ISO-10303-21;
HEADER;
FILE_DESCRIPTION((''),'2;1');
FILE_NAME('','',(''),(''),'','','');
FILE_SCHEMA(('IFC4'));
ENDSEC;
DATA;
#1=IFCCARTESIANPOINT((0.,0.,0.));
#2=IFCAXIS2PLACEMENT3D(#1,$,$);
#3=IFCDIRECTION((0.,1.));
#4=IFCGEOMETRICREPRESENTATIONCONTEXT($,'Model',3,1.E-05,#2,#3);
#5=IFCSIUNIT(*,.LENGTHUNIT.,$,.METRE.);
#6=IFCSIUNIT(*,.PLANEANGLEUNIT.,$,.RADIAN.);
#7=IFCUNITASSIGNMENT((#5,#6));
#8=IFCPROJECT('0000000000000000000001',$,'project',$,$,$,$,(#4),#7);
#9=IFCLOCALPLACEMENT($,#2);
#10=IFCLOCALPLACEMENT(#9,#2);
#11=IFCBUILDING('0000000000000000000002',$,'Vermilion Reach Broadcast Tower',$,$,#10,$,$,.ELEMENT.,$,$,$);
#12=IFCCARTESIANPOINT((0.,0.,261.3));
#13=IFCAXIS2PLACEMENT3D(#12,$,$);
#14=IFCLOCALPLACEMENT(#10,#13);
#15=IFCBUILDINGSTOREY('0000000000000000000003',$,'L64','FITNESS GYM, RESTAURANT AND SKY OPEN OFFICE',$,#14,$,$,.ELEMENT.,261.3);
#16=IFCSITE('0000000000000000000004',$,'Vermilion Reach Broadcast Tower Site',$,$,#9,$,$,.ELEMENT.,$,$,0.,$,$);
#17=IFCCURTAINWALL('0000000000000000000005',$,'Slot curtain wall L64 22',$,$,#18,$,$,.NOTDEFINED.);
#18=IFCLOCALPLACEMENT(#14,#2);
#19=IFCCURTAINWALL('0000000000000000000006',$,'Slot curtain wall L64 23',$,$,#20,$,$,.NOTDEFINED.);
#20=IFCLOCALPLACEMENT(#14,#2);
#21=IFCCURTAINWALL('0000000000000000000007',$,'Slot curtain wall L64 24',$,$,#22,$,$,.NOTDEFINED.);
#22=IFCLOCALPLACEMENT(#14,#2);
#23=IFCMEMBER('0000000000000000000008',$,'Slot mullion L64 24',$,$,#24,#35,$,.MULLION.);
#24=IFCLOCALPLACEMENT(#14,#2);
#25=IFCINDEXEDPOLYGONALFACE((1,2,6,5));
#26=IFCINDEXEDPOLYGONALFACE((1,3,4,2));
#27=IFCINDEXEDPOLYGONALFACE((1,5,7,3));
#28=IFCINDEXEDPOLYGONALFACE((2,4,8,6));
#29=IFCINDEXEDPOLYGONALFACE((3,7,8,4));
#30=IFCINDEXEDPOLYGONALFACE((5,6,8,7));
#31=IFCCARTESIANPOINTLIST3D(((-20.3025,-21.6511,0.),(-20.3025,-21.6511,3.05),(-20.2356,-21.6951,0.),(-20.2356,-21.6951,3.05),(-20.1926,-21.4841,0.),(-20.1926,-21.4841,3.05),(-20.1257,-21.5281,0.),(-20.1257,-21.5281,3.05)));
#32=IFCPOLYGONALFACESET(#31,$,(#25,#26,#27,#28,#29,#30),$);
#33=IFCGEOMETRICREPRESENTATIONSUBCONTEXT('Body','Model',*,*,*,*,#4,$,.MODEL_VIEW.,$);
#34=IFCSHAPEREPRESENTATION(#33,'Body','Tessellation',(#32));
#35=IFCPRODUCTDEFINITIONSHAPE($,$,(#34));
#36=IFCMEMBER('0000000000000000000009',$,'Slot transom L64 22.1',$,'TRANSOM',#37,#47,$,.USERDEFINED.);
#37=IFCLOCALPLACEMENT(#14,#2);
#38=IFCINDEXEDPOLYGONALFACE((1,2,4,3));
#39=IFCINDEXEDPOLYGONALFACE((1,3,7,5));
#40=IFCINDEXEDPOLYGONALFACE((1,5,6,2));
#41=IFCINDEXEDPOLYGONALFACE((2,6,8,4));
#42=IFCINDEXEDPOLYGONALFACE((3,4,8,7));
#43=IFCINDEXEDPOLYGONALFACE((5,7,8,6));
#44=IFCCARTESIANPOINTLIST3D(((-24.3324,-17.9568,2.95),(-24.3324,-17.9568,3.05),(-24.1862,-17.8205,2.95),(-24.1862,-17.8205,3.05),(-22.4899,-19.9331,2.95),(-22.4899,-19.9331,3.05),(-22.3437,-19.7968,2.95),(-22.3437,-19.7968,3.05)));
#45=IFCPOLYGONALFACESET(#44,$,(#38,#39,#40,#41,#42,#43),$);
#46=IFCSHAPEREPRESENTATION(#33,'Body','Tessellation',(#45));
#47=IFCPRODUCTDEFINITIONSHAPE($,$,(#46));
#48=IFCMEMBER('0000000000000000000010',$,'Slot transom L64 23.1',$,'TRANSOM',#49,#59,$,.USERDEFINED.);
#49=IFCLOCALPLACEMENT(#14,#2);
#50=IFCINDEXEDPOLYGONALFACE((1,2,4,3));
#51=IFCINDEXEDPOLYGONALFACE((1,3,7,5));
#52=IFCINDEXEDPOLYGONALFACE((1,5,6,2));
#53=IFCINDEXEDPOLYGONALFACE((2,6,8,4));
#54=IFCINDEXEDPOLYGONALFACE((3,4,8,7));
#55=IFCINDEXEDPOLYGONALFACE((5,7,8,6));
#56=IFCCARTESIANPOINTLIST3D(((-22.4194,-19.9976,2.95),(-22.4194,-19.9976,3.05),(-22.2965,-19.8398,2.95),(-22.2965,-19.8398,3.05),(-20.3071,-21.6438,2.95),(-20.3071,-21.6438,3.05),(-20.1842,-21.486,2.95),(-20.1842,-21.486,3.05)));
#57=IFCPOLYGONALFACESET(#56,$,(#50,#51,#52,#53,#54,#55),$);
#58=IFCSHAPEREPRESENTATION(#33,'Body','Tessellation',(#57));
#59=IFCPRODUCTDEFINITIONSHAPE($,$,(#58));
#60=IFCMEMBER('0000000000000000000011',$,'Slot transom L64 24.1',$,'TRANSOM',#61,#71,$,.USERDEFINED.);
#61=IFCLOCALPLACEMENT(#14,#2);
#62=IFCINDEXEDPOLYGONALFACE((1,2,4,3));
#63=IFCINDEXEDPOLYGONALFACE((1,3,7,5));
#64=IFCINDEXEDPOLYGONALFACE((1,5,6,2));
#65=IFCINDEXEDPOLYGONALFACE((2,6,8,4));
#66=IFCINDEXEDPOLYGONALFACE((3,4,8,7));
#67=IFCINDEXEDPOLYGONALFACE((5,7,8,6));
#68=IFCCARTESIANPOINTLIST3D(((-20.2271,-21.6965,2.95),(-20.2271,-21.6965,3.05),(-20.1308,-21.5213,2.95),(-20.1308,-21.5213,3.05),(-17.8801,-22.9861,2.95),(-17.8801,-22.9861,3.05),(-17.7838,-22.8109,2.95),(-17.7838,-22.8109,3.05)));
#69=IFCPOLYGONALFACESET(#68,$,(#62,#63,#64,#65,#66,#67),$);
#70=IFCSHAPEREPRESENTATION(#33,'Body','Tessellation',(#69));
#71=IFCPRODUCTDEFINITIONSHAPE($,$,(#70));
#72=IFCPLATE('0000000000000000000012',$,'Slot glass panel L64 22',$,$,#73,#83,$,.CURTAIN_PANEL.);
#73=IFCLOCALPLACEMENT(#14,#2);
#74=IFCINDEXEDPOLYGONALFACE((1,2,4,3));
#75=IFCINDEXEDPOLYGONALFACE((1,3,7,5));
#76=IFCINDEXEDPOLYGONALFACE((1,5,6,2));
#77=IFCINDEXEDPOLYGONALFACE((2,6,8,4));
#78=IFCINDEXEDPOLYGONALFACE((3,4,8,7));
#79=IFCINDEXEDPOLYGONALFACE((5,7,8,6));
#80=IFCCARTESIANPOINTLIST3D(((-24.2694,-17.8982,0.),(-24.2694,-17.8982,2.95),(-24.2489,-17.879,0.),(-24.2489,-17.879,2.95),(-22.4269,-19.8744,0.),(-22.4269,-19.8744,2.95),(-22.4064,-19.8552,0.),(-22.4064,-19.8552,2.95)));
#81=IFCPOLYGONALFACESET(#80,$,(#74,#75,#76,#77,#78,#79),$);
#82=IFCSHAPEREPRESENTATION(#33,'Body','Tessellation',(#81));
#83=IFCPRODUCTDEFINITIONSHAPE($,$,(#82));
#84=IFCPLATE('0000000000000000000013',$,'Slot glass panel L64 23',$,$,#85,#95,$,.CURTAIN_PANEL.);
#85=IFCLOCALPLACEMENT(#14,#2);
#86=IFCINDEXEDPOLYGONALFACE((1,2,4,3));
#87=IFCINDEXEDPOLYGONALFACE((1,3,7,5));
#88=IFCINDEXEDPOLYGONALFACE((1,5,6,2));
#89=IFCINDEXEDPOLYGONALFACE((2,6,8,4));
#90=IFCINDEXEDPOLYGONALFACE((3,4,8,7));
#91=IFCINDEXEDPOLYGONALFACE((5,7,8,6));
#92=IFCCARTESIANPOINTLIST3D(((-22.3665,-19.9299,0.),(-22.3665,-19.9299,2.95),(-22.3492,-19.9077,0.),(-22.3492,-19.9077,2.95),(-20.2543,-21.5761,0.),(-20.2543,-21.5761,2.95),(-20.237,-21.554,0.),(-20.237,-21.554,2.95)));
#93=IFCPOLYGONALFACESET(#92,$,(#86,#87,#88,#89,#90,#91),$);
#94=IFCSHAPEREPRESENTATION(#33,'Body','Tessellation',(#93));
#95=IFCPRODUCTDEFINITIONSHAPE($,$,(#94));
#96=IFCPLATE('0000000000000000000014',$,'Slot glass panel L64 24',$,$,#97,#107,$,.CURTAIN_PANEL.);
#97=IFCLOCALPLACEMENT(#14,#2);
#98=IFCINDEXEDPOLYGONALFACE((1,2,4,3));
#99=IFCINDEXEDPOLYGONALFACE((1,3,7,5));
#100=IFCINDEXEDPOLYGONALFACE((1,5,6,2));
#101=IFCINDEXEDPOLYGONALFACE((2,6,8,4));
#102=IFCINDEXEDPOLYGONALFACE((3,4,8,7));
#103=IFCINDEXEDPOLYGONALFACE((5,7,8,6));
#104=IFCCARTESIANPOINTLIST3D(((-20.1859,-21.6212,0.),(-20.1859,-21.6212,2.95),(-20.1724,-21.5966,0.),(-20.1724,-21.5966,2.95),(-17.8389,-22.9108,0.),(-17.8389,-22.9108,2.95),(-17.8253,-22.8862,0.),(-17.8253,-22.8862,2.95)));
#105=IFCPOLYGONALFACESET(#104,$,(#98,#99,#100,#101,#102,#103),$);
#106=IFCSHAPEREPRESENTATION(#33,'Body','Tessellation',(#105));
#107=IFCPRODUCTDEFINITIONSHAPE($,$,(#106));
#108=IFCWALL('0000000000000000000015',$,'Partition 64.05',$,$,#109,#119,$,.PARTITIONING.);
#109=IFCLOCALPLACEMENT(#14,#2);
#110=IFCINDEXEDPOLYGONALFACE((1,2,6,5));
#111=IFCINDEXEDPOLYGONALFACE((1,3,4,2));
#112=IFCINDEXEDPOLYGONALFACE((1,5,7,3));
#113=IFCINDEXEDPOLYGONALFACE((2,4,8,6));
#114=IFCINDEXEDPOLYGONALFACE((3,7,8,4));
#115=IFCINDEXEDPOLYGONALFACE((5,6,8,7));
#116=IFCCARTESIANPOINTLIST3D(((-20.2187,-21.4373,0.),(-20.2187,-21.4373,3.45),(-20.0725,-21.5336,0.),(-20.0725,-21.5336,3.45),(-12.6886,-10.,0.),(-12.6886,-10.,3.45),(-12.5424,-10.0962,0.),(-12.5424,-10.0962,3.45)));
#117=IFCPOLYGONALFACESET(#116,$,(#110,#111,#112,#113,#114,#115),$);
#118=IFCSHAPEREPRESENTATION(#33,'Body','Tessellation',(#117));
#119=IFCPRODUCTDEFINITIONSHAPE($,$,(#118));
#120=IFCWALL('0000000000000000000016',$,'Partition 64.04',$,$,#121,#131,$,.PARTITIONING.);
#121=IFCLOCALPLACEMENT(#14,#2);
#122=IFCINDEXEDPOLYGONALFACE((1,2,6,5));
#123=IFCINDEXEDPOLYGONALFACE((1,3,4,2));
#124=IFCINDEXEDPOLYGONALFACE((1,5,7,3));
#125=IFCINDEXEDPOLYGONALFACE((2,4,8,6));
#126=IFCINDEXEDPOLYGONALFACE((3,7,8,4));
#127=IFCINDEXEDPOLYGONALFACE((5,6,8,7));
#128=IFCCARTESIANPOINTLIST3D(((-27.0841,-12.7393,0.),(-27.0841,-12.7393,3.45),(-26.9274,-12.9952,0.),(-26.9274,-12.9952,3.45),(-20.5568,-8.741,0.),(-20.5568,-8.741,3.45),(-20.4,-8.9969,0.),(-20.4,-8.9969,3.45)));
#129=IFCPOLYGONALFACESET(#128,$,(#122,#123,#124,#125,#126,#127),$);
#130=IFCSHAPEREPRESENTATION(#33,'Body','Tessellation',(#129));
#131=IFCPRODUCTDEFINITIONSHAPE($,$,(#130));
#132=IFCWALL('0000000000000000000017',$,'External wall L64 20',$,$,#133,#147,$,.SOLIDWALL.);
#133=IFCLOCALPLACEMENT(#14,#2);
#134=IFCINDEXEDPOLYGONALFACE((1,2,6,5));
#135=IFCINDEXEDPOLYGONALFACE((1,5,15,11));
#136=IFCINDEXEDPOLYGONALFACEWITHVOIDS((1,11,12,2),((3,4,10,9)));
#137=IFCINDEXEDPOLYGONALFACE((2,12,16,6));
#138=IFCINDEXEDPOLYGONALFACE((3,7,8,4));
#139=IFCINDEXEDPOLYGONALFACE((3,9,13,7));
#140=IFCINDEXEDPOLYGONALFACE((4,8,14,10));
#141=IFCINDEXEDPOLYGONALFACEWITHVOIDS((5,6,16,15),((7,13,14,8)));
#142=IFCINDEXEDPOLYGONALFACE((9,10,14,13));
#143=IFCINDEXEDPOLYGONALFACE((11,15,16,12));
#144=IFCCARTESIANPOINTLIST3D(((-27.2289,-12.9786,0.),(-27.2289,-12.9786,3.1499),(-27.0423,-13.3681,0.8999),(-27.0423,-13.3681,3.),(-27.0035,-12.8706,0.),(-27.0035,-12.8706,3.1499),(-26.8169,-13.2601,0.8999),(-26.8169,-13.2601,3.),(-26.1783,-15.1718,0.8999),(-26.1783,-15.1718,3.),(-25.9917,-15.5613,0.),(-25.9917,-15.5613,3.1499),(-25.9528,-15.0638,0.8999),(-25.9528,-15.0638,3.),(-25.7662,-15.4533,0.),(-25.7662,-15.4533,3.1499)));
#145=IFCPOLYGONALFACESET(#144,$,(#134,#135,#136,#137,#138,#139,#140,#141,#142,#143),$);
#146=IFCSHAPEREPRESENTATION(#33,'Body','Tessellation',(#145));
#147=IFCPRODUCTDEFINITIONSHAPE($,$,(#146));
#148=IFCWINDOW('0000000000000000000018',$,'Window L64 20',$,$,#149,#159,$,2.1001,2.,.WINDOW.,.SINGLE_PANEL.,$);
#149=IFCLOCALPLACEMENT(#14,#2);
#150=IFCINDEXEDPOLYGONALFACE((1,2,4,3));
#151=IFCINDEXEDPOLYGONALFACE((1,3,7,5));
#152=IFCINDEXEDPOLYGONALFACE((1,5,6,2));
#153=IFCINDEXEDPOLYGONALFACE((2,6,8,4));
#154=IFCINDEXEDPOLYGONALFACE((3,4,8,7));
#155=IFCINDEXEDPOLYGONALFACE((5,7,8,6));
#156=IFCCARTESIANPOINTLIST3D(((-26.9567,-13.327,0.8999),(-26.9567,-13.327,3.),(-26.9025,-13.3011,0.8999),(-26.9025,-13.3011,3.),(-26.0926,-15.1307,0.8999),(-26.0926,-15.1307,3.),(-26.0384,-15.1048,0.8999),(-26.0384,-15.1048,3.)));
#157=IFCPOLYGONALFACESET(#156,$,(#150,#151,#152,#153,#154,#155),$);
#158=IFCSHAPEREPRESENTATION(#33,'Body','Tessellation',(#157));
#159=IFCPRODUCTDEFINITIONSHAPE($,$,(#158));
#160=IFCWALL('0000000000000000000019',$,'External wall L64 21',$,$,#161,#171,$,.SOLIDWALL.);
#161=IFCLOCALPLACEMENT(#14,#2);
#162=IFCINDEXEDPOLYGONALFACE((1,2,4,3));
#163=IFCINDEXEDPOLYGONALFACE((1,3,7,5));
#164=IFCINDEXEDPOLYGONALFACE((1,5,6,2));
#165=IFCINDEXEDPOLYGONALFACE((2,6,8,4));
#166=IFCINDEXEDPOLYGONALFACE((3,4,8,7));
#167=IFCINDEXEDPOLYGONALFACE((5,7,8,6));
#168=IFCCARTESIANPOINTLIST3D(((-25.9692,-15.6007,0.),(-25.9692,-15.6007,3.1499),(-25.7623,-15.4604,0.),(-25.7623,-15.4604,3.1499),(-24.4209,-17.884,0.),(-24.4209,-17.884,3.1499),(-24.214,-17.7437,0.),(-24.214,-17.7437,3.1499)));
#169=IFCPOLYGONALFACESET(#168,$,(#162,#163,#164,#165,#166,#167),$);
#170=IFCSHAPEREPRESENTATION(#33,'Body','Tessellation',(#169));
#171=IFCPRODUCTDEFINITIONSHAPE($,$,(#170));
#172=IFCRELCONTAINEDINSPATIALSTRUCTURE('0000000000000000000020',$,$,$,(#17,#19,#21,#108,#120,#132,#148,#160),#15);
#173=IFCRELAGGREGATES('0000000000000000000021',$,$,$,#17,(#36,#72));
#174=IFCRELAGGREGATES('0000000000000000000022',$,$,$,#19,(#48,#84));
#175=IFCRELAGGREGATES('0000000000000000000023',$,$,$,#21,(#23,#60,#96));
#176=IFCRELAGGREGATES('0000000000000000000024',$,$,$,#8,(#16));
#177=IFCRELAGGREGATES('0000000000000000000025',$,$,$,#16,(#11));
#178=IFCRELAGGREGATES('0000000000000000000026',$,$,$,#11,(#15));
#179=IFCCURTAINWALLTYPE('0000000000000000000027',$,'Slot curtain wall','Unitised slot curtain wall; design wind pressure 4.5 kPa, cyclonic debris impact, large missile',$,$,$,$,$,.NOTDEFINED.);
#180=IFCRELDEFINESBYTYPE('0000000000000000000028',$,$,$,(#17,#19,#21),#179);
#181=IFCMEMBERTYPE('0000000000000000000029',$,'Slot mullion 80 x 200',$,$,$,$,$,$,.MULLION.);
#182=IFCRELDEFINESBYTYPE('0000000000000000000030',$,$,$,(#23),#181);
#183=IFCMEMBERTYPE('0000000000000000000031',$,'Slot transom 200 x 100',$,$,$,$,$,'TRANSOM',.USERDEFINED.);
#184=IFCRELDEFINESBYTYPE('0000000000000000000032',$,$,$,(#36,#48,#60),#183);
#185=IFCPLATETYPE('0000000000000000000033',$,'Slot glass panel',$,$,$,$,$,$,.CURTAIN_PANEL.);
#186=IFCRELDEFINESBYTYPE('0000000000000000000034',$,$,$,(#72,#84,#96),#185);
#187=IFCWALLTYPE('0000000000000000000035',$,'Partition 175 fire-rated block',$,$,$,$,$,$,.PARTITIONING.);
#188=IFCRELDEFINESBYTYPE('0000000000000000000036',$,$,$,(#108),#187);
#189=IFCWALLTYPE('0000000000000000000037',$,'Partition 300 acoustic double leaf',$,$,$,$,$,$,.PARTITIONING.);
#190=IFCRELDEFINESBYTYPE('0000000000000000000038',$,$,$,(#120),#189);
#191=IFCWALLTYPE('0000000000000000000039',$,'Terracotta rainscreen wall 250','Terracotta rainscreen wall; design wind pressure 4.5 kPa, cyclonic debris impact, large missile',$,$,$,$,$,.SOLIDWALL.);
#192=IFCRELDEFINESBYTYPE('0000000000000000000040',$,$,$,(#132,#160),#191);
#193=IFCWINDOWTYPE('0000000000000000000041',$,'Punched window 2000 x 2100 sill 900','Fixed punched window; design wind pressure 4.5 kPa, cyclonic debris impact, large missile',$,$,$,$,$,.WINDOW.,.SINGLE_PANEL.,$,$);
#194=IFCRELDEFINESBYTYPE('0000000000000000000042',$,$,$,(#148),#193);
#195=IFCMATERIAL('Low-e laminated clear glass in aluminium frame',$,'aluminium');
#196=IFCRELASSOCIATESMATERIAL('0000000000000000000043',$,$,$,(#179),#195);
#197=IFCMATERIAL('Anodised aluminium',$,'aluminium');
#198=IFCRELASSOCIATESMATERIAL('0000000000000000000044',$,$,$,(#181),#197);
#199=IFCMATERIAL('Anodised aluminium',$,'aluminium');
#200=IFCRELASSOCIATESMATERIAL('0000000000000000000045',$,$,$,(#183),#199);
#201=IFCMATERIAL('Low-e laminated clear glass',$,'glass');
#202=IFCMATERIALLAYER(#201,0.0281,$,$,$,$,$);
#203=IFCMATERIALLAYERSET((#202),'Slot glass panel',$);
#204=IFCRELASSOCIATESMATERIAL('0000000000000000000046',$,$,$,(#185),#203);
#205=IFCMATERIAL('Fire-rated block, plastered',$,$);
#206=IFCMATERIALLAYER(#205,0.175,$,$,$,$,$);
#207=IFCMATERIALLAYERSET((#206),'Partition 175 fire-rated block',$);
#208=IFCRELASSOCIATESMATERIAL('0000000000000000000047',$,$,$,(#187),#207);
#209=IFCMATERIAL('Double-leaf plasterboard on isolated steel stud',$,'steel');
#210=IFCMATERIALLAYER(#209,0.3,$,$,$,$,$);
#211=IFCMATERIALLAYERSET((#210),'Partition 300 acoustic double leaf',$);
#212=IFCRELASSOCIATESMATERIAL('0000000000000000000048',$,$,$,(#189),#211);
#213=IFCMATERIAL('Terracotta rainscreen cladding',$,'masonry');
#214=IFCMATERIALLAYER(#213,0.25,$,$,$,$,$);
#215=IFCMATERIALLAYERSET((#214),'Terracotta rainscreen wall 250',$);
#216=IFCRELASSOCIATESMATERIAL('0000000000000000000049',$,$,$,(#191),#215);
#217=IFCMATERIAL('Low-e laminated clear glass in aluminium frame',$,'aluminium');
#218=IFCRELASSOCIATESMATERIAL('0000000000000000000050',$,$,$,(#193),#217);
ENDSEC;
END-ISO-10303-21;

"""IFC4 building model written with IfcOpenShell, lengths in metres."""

from ifc_helpers import new_model, si_unit, direction, frame, frame_2d, origin, origin_2d, place, context, subcontext, project, spatial, rectangle, extrude, material, layer, layer_set, material_profile, profile_set, type_object, element, fill, aggregate, save


model = new_model("IFC4")

# Units and contexts
model_context = context("Model", 3, precision=1e-05, world=origin(), true_north=direction((0.0, 1.0)))
body_context = subcontext(model_context, "Body", "Model", "MODEL_VIEW")
ifc_project = project(units=[si_unit("LENGTHUNIT", "METRE"), si_unit("PLANEANGLEUNIT", "RADIAN")], contexts=[model_context])

# Site, building, storey
site_placement = place(None, origin())
site = spatial("IfcSite", under=ifc_project, at=site_placement, Name="Vermilion Reach Broadcast Tower Site", CompositionType="ELEMENT", RefElevation=0.0)
building_placement = place(site_placement, origin())
building = spatial("IfcBuilding", under=site, at=building_placement, Name="Vermilion Reach Broadcast Tower", CompositionType="ELEMENT")
storey_placement = place(building_placement, frame((0.0, 0.0, 261.3)))
storey = spatial("IfcBuildingStorey", under=building, at=storey_placement, Name="L64", Description="FITNESS GYM, RESTAURANT AND SKY OPEN OFFICE", CompositionType="ELEMENT", Elevation=261.3)

# Curtain walls, member
ifc_material_1 = material(Name="Low-e laminated clear glass in aluminium frame", Category="aluminium")
curtain_wall_type = type_object("IfcCurtainWallType", Name="Slot curtain wall", Description="Unitised slot curtain wall; design wind pressure 4.5 kPa, cyclonic debris impact, large missile", PredefinedType="NOTDEFINED", material=ifc_material_1)
placement = place(storey_placement, origin())
curtain_wall_1 = element("IfcCurtainWall", 1, at=placement, inside=storey, type_object=curtain_wall_type, Name="Slot curtain wall L64 22", PredefinedType="NOTDEFINED")
ifc_material_2 = material(Name="Anodised aluminium", Category="aluminium")
ifc_material_profile_1 = material_profile(ifc_material_2, rectangle(XDim=0.2, YDim=0.0801, at=origin_2d()), Name="Slot mullion 80 x 200")
ifc_profile_set_1 = profile_set([ifc_material_profile_1], Name="Anodised aluminium")
member_type_1 = type_object("IfcMemberType", Name="Slot mullion 80 x 200", PredefinedType="MULLION", material=ifc_profile_set_1)
curtain_wall_2 = element("IfcCurtainWall", 2, at=placement, inside=storey, type_object=curtain_wall_type, Name="Slot curtain wall L64 23", PredefinedType="NOTDEFINED")
curtain_wall_3 = element("IfcCurtainWall", 3, at=placement, inside=storey, type_object=curtain_wall_type, Name="Slot curtain wall L64 24", PredefinedType="NOTDEFINED")
member_1_placement = place(storey_placement, frame((-20.2141, -21.5896, 0.0), z_axis=(0.0, 0.0, 1.0), x_axis=(0.549898, 0.835232, 0.0)))
member_1 = element("IfcMember", 4, at=member_1_placement, type_object=member_type_1, Name="Slot mullion L64 24", PredefinedType="MULLION", context=body_context, shape_type="SweptSolid", body=[
    extrude(rectangle(XDim=0.2, YDim=0.0801, at=origin_2d()), origin(), (0.0, 0.0, 1.0), 3.05),
])

# Members
ifc_material_3 = material(Name="Anodised aluminium", Category="aluminium")
ifc_material_profile_2 = material_profile(ifc_material_3, rectangle(XDim=0.2, YDim=0.1001, at=origin_2d()), Name="Slot transom 200 x 100")
ifc_profile_set_2 = profile_set([ifc_material_profile_2], Name="Anodised aluminium")
member_type_2 = type_object("IfcMemberType", Name="Slot transom 200 x 100", ElementType="TRANSOM", PredefinedType="USERDEFINED", material=ifc_profile_set_2)
member_2_placement = place(storey_placement, frame((-24.2593, -17.8887, 3.0), z_axis=(0.681916, -0.731431, 0.0), x_axis=(0.731431, 0.681916, 0.0)))
member_2 = element("IfcMember", 5, at=member_2_placement, type_object=member_type_2, Name="Slot transom L64 22.1", ObjectType="TRANSOM", PredefinedType="USERDEFINED", context=body_context, shape_type="SweptSolid", body=[
    extrude(rectangle(XDim=0.2, YDim=0.1001, at=origin_2d()), origin(), (0.0, 0.0, 1.0), 2.7019),
])
member_3_placement = place(storey_placement, frame((-22.3579, -19.9187, 3.0), z_axis=(0.788748, -0.614717, 0.0), x_axis=(0.614717, 0.788748, 0.0)))
member_3 = element("IfcMember", 6, at=member_3_placement, type_object=member_type_2, Name="Slot transom L64 23.1", ObjectType="TRANSOM", PredefinedType="USERDEFINED", context=body_context, shape_type="SweptSolid", body=[
    extrude(rectangle(XDim=0.2, YDim=0.1001, at=origin_2d()), origin(), (0.0, 0.0, 1.0), 2.678),
])
member_4_placement = place(storey_placement, frame((-20.179, -21.6089, 3.0), z_axis=(0.876414, -0.481558, 0.0), x_axis=(0.481558, 0.876414, 0.0)))
member_4 = element("IfcMember", 7, at=member_4_placement, type_object=member_type_2, Name="Slot transom L64 24.1", ObjectType="TRANSOM", PredefinedType="USERDEFINED", context=body_context, shape_type="SweptSolid", body=[
    extrude(rectangle(XDim=0.2, YDim=0.1001, at=origin_2d()), origin(), (0.0, 0.0, 1.0), 2.678),
])

# Plates
ifc_material_4 = material(Name="Low-e laminated clear glass", Category="glass")
ifc_layer_1 = layer(ifc_material_4, 0.0281)
ifc_layer_set_1 = layer_set([ifc_layer_1], Name="Slot glass panel")
plate_type = type_object("IfcPlateType", Name="Slot glass panel", PredefinedType="CURTAIN_PANEL", material=ifc_layer_set_1)
plate_1_placement = place(storey_placement, frame((-23.3379, -18.8767, 0.0), z_axis=(0.0, 0.0, 1.0), x_axis=(0.68194, -0.731408, 0.0)))
plate_1 = element("IfcPlate", 8, at=plate_1_placement, type_object=plate_type, Name="Slot glass panel L64 22", PredefinedType="CURTAIN_PANEL", context=body_context, shape_type="SweptSolid", body=[
    extrude(rectangle(XDim=2.7019, YDim=0.0281, at=origin_2d()), origin(), (0.0, 0.0, 1.0), 2.95),
])
aggregate(curtain_wall_1, [member_2, plate_1])
plate_2_placement = place(storey_placement, frame((-21.3018, -20.7419, 0.0), z_axis=(0.0, 0.0, 1.0), x_axis=(0.788727, -0.614743, 0.0)))
plate_2 = element("IfcPlate", 9, at=plate_2_placement, type_object=plate_type, Name="Slot glass panel L64 23", PredefinedType="CURTAIN_PANEL", context=body_context, shape_type="SweptSolid", body=[
    extrude(rectangle(XDim=2.678, YDim=0.0281, at=origin_2d()), origin(), (0.0, 0.0, 1.0), 2.95),
])
aggregate(curtain_wall_2, [member_3, plate_2])
plate_3_placement = place(storey_placement, frame((-19.0056, -22.2537, 0.0), z_axis=(0.0, 0.0, 1.0), x_axis=(0.876418, -0.481551, 0.0)))
plate_3 = element("IfcPlate", 10, at=plate_3_placement, type_object=plate_type, Name="Slot glass panel L64 24", PredefinedType="CURTAIN_PANEL", context=body_context, shape_type="SweptSolid", body=[
    extrude(rectangle(XDim=2.678, YDim=0.0281, at=origin_2d()), origin(), (0.0, 0.0, 1.0), 2.95),
])
aggregate(curtain_wall_3, [member_1, member_4, plate_3])

# Walls
ifc_material_5 = material(Name="Fire-rated block, plastered")
ifc_layer_2 = layer(ifc_material_5, 0.175)
ifc_layer_set_2 = layer_set([ifc_layer_2], Name="Partition 175 fire-rated block")
wall_type_1 = type_object("IfcWallType", Name="Partition 175 fire-rated block", PredefinedType="PARTITIONING", material=ifc_layer_set_2)
wall_1_placement = place(storey_placement, frame((-20.1455, -21.4854, 0.0), z_axis=(0.0, 0.0, 1.0), x_axis=(0.549898, 0.835232, 0.0)))
element("IfcWall", 11, at=wall_1_placement, inside=storey, type_object=wall_type_1, Name="Partition 64.05", PredefinedType="PARTITIONING", context=body_context, shape_type="SweptSolid", body=[
    extrude(rectangle(XDim=13.6936, YDim=0.175, at=frame_2d((6.8467, 0.0))), origin(), (0.0, 0.0, 1.0), 3.45),
])
ifc_material_6 = material(Name="Double-leaf plasterboard on isolated steel stud", Category="steel")
ifc_layer_3 = layer(ifc_material_6, 0.3)
ifc_layer_set_3 = layer_set([ifc_layer_3], Name="Partition 300 acoustic double leaf")
wall_type_2 = type_object("IfcWallType", Name="Partition 300 acoustic double leaf", PredefinedType="PARTITIONING", material=ifc_layer_set_3)
wall_2_placement = place(storey_placement, frame((-27.0056, -12.8672, 0.0), z_axis=(0.0, 0.0, 1.0), x_axis=(0.852737, 0.52234, 0.0)))
element("IfcWall", 12, at=wall_2_placement, inside=storey, type_object=wall_type_2, Name="Partition 64.04", PredefinedType="PARTITIONING", context=body_context, shape_type="SweptSolid", body=[
    extrude(rectangle(XDim=7.6545, YDim=0.3, at=frame_2d((3.8271, 0.0))), origin(), (0.0, 0.0, 1.0), 3.45),
])

# Wall, opening, window
ifc_material_7 = material(Name="Terracotta rainscreen cladding", Category="masonry")
ifc_layer_4 = layer(ifc_material_7, 0.25)
ifc_layer_set_4 = layer_set([ifc_layer_4], Name="Terracotta rainscreen wall 250")
wall_type_3 = type_object("IfcWallType", Name="Terracotta rainscreen wall 250", Description="Terracotta rainscreen wall; design wind pressure 4.5 kPa, cyclonic debris impact, large missile", PredefinedType="SOLIDWALL", material=ifc_layer_set_4)
wall_3_placement = place(storey_placement, frame((-27.1162, -12.9246, 0.0), z_axis=(0.0, 0.0, 1.0), x_axis=(0.432044, -0.901853, 0.0)))
wall_3 = element("IfcWall", 13, at=wall_3_placement, inside=storey, type_object=wall_type_3, Name="External wall L64 20", PredefinedType="SOLIDWALL", context=body_context, shape_type="SweptSolid", body=[
    extrude(rectangle(XDim=2.8638, YDim=0.25, at=frame_2d((1.4319, 0.0))), origin(), (0.0, 0.0, 1.0), 3.1499),
])
opening_placement = place(wall_3_placement, frame((0.4319, 0.0, 0.8999)))
opening = element("IfcOpeningElement", 14, at=opening_placement, cuts=wall_3, PredefinedType="OPENING", context=body_context, shape_type="SweptSolid", body=[
    extrude(rectangle(XDim=2.0, YDim=2.1001, at=frame_2d((1.0, 1.05))), frame((0.0, 0.135, 0.0), z_axis=(0.0, -1.0, 0.0), x_axis=(1.0, 0.0, 0.0)), (0.0, 0.0, 1.0), 0.27),
])
ifc_material_8 = material(Name="Low-e laminated clear glass in aluminium frame", Category="aluminium")
window_type = type_object("IfcWindowType", Name="Punched window 2000 x 2100 sill 900", Description="Fixed punched window; design wind pressure 4.5 kPa, cyclonic debris impact, large missile", PartitioningType="SINGLE_PANEL", PredefinedType="WINDOW", material=ifc_material_8)
window_placement = place(opening_placement, origin())
window = element("IfcWindow", 15, at=window_placement, inside=storey, type_object=window_type, Name="Window L64 20", OverallHeight=2.1001, OverallWidth=2.0, PartitioningType="SINGLE_PANEL", PredefinedType="WINDOW", context=body_context, shape_type="SweptSolid", body=[
    extrude(rectangle(XDim=2.0, YDim=2.1001, at=frame_2d((1.0, 1.05))), frame((0.0, 0.03, 0.0), z_axis=(0.0, -1.0, 0.0), x_axis=(1.0, 0.0, 0.0)), (0.0, 0.0, 1.0), 0.0601),
])
fill(opening, window)

# Wall
wall_4_placement = place(storey_placement, frame((-25.8657, -15.5305, 0.0), z_axis=(0.0, 0.0, 1.0), x_axis=(0.561218, -0.827668, 0.0)))
element("IfcWall", 16, at=wall_4_placement, inside=storey, type_object=wall_type_3, Name="External wall L64 21", PredefinedType="SOLIDWALL", context=body_context, shape_type="SweptSolid", body=[
    extrude(rectangle(XDim=2.7588, YDim=0.25, at=frame_2d((1.3794, 0.0))), origin(), (0.0, 0.0, 1.0), 3.1499),
])

save(model, "model.ifc")
